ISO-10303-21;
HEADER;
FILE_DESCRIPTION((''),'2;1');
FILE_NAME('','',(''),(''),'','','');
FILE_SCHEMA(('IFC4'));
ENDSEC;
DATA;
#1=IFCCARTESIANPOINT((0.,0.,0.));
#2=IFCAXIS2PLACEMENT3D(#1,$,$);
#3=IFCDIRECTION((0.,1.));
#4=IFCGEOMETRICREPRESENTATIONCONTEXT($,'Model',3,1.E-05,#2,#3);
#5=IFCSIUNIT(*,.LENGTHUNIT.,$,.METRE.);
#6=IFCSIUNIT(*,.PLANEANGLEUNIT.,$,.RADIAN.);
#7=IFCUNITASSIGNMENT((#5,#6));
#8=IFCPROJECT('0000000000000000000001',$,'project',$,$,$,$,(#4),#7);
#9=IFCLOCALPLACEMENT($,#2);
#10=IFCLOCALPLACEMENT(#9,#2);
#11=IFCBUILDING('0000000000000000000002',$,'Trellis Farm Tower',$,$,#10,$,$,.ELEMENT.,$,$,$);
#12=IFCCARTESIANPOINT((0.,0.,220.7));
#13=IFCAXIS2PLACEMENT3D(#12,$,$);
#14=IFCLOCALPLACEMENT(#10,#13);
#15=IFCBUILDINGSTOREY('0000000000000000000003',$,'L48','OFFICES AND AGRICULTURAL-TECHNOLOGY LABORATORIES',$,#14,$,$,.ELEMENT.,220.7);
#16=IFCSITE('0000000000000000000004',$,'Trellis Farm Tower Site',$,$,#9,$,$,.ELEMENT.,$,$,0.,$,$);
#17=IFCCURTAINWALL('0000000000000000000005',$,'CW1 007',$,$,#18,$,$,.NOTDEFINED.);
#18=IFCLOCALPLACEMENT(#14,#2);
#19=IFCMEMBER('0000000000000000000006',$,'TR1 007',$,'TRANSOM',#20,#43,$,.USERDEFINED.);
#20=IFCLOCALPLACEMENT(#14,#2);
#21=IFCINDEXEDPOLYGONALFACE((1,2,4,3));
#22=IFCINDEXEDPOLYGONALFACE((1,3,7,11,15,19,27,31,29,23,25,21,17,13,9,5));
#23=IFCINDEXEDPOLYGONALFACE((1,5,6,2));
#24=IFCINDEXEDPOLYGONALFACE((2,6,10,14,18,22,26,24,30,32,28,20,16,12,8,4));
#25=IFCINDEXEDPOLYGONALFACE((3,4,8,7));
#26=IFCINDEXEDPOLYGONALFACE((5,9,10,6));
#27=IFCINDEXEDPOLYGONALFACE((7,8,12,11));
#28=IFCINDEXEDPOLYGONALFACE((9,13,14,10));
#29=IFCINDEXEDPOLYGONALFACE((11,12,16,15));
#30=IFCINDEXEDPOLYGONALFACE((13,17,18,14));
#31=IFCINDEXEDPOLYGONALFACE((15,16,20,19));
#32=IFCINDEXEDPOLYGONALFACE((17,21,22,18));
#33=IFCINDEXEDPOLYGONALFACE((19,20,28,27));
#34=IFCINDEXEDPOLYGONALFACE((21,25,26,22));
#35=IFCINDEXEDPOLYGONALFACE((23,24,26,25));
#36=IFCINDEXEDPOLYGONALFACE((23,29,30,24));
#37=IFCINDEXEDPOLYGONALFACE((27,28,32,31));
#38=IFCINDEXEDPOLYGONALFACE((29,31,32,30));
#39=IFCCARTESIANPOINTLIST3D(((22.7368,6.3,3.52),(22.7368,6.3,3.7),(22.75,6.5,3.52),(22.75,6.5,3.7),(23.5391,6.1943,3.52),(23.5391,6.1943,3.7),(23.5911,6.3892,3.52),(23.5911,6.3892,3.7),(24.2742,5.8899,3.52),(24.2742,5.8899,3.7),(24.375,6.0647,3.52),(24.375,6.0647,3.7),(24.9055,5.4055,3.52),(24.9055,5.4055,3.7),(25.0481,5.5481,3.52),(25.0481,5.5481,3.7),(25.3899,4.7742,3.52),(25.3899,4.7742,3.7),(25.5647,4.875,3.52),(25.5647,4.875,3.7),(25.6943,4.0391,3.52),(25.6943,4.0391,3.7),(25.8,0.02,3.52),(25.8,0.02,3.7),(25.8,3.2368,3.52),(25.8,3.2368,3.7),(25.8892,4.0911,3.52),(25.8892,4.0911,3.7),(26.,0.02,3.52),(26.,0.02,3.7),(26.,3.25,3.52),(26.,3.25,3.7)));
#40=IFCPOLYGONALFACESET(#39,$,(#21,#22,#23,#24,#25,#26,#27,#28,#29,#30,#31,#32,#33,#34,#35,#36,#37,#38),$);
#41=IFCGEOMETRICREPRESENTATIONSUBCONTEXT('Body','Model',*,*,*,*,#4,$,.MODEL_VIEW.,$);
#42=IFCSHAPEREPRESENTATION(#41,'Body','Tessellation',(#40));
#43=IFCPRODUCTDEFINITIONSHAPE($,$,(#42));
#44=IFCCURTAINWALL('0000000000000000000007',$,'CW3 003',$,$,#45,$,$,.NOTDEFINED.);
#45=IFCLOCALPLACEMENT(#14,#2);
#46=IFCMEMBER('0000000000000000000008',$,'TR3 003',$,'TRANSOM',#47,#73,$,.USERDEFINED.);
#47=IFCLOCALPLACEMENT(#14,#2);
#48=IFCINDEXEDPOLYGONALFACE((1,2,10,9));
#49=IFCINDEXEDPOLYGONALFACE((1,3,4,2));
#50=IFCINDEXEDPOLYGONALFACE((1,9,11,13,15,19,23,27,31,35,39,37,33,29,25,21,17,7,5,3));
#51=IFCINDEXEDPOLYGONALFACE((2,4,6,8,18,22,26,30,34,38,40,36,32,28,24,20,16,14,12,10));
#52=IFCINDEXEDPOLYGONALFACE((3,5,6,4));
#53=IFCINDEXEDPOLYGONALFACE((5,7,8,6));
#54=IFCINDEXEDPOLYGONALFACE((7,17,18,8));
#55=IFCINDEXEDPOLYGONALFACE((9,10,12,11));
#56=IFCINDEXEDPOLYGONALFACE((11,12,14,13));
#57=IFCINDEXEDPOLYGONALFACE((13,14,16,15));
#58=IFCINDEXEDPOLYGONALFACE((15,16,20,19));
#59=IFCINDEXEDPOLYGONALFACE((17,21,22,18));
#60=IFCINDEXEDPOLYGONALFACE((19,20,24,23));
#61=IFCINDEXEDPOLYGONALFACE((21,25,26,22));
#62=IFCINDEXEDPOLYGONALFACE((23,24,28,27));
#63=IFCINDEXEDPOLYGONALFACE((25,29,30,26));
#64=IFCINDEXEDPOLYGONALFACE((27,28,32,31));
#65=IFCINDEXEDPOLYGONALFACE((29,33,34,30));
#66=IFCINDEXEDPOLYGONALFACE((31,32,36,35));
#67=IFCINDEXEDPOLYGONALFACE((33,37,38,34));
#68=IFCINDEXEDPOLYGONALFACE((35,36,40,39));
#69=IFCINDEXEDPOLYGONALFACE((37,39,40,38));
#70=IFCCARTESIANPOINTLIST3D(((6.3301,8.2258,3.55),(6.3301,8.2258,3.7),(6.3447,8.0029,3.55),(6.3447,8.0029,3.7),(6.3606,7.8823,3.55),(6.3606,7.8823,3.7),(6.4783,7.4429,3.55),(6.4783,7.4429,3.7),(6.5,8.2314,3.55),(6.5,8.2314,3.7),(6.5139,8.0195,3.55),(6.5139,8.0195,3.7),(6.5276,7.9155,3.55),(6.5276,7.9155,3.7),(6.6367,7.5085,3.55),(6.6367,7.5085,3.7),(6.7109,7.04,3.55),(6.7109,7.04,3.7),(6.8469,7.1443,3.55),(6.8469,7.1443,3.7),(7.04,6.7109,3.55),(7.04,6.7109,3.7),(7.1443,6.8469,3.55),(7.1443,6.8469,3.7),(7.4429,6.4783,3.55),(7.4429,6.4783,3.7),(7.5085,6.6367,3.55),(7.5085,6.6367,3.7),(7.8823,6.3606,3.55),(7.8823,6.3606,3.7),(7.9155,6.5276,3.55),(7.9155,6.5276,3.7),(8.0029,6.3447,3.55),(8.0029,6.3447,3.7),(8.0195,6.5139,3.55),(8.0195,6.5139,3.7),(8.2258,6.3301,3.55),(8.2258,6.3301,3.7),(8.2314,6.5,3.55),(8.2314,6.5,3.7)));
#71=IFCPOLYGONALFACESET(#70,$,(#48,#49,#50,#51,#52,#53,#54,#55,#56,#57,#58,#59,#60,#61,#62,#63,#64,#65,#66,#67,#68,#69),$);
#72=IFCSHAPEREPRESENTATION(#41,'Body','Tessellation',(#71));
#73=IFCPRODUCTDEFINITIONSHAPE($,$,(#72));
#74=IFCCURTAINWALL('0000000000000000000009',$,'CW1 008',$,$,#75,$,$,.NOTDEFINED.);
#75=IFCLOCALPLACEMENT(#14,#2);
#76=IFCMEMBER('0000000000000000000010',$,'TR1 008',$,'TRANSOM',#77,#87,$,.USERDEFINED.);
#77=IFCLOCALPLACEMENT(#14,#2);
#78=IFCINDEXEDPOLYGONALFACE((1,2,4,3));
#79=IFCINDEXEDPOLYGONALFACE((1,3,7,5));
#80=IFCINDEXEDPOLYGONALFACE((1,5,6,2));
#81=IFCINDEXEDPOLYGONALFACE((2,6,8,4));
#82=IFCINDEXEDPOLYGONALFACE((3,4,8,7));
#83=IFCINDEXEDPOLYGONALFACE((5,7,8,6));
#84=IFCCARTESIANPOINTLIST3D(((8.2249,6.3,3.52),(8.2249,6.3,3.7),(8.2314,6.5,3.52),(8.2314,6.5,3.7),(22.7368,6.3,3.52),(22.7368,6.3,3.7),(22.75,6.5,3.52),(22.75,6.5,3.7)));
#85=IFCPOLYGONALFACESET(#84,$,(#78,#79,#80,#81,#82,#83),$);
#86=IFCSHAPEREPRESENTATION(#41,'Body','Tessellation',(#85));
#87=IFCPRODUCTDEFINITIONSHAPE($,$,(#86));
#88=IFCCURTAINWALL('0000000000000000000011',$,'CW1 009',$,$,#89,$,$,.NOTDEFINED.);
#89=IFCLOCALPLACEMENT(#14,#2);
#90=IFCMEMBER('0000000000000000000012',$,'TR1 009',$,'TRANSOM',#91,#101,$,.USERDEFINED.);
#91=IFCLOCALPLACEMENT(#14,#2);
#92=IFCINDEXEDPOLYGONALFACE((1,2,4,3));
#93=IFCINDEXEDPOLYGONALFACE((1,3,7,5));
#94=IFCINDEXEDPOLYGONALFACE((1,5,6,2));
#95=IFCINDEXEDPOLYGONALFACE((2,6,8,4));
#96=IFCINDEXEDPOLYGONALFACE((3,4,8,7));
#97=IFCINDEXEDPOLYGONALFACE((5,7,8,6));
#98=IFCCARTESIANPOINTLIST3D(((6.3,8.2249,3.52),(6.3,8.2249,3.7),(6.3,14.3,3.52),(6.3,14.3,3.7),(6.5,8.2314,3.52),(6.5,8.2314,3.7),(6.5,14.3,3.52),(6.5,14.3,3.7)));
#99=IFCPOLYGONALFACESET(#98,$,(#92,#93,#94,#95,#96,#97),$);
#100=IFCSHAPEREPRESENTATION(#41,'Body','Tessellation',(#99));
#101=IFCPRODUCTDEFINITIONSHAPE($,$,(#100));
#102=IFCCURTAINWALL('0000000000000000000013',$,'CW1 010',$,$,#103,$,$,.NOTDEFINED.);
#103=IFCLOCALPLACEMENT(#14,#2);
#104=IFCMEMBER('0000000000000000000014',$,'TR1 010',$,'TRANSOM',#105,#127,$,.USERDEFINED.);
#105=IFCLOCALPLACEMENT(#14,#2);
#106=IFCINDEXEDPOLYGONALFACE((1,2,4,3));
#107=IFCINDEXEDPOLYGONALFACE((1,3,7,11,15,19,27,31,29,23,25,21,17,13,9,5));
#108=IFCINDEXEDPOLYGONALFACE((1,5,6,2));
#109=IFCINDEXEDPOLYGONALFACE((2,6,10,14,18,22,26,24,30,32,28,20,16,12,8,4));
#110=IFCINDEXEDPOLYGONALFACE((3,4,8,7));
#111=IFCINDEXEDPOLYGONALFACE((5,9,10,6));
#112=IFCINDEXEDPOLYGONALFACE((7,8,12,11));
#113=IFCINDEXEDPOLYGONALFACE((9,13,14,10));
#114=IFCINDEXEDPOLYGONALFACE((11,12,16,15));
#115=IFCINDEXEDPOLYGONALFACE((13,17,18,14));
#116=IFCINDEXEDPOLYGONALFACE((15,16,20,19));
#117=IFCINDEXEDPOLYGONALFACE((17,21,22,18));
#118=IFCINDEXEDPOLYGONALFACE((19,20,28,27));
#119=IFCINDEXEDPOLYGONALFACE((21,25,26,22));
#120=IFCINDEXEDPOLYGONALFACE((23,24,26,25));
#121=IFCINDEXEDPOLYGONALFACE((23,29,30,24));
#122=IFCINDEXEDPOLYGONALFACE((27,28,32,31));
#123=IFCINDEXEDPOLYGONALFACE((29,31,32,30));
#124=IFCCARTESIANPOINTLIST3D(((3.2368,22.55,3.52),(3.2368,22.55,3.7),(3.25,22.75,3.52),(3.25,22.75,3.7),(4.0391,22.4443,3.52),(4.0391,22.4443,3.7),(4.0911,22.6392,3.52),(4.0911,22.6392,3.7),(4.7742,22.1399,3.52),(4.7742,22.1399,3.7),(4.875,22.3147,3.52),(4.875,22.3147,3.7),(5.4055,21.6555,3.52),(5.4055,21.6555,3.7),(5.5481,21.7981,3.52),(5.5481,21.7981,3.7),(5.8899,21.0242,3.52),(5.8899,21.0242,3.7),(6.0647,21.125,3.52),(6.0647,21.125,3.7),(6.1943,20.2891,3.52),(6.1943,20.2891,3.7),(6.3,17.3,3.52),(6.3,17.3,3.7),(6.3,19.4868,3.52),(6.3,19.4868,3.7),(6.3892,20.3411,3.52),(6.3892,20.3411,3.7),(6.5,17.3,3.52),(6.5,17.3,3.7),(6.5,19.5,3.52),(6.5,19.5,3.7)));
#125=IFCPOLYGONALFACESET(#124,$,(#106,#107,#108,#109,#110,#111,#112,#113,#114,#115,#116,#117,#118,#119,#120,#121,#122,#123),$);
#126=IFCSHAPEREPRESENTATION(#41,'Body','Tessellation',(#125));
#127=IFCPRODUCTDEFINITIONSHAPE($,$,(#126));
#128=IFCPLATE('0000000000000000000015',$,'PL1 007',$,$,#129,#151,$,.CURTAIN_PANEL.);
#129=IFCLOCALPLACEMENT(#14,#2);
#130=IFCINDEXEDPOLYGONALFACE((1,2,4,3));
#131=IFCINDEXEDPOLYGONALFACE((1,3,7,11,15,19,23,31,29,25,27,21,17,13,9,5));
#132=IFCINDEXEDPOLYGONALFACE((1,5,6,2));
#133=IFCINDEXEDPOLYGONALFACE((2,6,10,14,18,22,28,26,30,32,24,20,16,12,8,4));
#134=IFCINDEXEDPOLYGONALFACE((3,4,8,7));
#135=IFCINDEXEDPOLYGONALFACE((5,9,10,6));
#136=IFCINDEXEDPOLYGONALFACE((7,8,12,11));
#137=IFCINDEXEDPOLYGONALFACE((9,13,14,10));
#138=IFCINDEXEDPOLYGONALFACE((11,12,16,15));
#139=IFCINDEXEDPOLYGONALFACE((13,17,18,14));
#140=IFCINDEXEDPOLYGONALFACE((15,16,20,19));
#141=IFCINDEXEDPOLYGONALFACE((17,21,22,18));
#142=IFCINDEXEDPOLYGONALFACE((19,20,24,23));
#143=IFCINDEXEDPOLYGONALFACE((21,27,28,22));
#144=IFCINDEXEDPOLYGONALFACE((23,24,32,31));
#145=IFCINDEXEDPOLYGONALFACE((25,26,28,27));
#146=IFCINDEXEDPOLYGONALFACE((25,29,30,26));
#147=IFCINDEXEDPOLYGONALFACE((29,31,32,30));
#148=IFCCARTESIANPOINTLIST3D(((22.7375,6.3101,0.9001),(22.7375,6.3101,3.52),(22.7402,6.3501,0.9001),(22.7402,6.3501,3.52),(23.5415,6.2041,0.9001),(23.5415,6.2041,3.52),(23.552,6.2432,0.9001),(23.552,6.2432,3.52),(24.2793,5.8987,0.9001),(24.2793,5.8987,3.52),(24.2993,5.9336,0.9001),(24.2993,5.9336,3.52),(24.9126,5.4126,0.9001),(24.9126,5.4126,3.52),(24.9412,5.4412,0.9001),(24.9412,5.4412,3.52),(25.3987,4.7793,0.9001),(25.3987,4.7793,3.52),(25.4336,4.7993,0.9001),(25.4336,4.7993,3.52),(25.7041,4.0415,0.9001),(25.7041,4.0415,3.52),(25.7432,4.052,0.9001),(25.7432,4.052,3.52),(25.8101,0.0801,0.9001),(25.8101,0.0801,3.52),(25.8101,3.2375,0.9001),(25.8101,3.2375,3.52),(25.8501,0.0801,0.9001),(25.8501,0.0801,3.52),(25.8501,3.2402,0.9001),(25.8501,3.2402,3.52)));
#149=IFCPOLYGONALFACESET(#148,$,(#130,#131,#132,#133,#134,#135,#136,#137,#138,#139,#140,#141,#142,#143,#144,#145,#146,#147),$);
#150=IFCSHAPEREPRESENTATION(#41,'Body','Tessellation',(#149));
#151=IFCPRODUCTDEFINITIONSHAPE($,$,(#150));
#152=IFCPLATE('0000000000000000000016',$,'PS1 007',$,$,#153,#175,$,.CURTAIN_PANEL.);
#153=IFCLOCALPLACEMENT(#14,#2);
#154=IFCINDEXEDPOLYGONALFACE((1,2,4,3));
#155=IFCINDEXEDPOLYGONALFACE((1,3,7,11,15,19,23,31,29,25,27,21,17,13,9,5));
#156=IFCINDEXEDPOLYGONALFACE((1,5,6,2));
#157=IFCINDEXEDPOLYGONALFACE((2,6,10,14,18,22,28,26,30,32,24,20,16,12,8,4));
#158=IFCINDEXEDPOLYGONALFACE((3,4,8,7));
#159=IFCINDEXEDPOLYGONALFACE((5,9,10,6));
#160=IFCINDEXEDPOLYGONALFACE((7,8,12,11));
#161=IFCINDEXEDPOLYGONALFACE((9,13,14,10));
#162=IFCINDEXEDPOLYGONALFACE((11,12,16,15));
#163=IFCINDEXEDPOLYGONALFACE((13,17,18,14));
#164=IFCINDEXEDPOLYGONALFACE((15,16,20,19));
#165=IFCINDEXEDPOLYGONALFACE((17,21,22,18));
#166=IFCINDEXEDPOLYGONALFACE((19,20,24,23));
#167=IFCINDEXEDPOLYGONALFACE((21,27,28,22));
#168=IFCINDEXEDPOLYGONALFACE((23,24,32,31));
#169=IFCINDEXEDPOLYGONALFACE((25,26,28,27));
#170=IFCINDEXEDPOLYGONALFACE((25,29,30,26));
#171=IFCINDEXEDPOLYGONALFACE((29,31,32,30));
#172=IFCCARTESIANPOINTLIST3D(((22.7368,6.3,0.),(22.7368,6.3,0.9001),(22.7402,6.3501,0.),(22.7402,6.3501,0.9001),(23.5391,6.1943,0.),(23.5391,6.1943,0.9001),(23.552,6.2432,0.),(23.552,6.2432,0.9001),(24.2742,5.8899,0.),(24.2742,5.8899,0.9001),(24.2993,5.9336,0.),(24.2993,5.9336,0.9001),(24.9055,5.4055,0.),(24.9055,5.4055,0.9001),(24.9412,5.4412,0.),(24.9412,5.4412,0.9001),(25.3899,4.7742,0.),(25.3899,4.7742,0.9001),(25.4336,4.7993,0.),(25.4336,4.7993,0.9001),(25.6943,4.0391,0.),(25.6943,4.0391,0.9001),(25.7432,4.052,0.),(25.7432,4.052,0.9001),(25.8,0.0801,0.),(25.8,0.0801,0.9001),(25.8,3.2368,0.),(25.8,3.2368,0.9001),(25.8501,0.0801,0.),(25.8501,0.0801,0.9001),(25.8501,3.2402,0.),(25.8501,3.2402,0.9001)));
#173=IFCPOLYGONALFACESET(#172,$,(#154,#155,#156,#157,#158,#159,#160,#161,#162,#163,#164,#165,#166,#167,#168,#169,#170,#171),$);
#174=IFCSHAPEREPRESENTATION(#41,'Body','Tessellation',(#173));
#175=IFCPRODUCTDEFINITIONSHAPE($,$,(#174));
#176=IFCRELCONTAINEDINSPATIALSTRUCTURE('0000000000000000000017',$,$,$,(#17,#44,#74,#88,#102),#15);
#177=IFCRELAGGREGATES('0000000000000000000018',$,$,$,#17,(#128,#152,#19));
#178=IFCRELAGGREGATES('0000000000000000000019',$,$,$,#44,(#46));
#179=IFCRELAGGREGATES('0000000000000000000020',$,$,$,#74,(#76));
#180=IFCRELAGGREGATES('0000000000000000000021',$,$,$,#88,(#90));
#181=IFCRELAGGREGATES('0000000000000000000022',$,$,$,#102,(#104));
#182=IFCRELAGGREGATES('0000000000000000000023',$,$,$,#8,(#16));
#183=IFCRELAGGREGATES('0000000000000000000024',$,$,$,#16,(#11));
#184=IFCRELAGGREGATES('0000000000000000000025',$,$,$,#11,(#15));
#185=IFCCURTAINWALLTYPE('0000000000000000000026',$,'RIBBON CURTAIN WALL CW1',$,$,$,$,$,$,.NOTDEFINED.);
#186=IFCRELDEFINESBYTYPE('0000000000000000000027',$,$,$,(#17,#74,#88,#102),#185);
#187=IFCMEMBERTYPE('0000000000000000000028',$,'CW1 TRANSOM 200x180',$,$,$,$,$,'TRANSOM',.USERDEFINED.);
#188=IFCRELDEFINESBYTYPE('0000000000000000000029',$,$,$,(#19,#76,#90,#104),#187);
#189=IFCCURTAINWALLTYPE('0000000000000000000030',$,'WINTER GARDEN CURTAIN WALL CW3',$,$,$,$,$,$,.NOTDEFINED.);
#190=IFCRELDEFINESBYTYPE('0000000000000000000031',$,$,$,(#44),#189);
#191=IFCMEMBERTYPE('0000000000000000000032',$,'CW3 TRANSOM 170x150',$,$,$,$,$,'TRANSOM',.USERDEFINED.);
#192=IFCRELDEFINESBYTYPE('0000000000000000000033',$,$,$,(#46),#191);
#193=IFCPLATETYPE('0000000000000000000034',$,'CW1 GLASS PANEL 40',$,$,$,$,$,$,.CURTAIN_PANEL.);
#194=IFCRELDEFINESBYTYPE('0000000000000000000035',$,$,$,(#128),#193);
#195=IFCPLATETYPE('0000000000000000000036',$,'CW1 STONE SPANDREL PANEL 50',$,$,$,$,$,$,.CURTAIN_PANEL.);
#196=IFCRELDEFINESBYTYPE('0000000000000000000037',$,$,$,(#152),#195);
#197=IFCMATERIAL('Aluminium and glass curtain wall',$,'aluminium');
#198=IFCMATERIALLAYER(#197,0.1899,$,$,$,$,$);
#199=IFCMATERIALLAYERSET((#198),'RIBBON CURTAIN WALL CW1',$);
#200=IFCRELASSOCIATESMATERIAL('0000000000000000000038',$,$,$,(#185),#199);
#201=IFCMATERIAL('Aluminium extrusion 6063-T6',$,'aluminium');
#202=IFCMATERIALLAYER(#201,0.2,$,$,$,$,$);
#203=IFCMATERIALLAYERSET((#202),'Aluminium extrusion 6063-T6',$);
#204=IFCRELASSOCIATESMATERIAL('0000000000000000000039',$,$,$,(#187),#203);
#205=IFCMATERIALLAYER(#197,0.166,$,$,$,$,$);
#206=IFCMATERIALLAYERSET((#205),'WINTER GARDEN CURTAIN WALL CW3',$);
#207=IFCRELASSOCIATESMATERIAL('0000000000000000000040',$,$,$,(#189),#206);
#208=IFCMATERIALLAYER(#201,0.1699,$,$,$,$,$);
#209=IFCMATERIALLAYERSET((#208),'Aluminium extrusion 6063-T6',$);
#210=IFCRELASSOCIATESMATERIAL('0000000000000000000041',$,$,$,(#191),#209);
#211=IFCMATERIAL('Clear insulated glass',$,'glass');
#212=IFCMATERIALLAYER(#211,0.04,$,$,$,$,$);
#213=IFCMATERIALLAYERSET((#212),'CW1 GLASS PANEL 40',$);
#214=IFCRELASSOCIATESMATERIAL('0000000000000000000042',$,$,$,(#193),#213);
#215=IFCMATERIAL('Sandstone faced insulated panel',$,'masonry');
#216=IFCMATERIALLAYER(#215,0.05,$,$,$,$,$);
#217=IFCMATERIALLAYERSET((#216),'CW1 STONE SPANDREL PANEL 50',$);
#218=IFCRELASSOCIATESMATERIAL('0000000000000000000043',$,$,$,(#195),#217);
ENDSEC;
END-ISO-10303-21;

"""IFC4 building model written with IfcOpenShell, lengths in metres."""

from ifc_helpers import new_model, si_unit, direction, frame, origin, place, context, subcontext, project, spatial, polyline, outline, extrude, source, transform, mapped, material, layer, layer_set, type_object, element, aggregate, save


model = new_model("IFC4")

# Units and contexts
model_context = context("Model", 3, precision=1e-05, world=origin(), true_north=direction((0.0, 1.0)))
body_context = subcontext(model_context, "Body", "Model", "MODEL_VIEW")
ifc_project = project(units=[si_unit("LENGTHUNIT", "METRE"), si_unit("PLANEANGLEUNIT", "RADIAN")], contexts=[model_context])

# Site, building, storey
site_placement = place(None, origin())
site = spatial("IfcSite", under=ifc_project, at=site_placement, Name="Trellis Farm Tower Site", CompositionType="ELEMENT", RefElevation=0.0)
building_placement = place(site_placement, origin())
building = spatial("IfcBuilding", under=site, at=building_placement, Name="Trellis Farm Tower", CompositionType="ELEMENT")
storey_placement = place(building_placement, frame((0.0, 0.0, 220.7)))
storey = spatial("IfcBuildingStorey", under=building, at=storey_placement, Name="L48", Description="OFFICES AND AGRICULTURAL-TECHNOLOGY LABORATORIES", CompositionType="ELEMENT", Elevation=220.7)

# Curtain walls, members
ifc_material_1 = material(Name="Aluminium and glass curtain wall", Category="aluminium")
ifc_layer_1 = layer(ifc_material_1, 0.1899)
ifc_layer_set_1 = layer_set([ifc_layer_1], Name="RIBBON CURTAIN WALL CW1")
curtain_wall_type_1 = type_object("IfcCurtainWallType", Name="RIBBON CURTAIN WALL CW1", PredefinedType="NOTDEFINED", material=ifc_layer_set_1)
placement_1 = place(storey_placement, origin())
curtain_wall_1 = element("IfcCurtainWall", 1, at=placement_1, inside=storey, type_object=curtain_wall_type_1, Name="CW1 007", PredefinedType="NOTDEFINED")
ifc_material_2 = material(Name="Aluminium extrusion 6063-T6", Category="aluminium")
ifc_layer_2 = layer(ifc_material_2, 0.2)
ifc_layer_set_2 = layer_set([ifc_layer_2], Name="Aluminium extrusion 6063-T6")
member_type_1 = type_object("IfcMemberType", Name="CW1 TRANSOM 200x180", ElementType="TRANSOM", PredefinedType="USERDEFINED", material=ifc_layer_set_2)
placement_2 = place(storey_placement, frame((0.0, 0.0, 3.52)))
member_1 = element("IfcMember", 2, at=placement_2, type_object=member_type_1, Name="TR1 007", ObjectType="TRANSOM", PredefinedType="USERDEFINED", context=body_context, shape_type="SweptSolid", body=[
    extrude(outline(polyline([(26.0, 0.02), (26.0, 3.25), (25.8892, 4.0911), (25.5647, 4.875), (25.0481, 5.5481), (24.375, 6.0647), (23.5911, 6.3892), (22.75, 6.5), (22.7368, 6.3), (23.5391, 6.1943), (24.2742, 5.8899), (24.9055, 5.4055), (25.3899, 4.7742), (25.6943, 4.0391), (25.8, 3.2368), (25.8, 0.02), (26.0, 0.02)])), origin(), (0.0, 0.0, 1.0), 0.1799),
])
ifc_layer_3 = layer(ifc_material_1, 0.166)
ifc_layer_set_3 = layer_set([ifc_layer_3], Name="WINTER GARDEN CURTAIN WALL CW3")
curtain_wall_type_2 = type_object("IfcCurtainWallType", Name="WINTER GARDEN CURTAIN WALL CW3", PredefinedType="NOTDEFINED", material=ifc_layer_set_3)
curtain_wall_2 = element("IfcCurtainWall", 3, at=placement_1, inside=storey, type_object=curtain_wall_type_2, Name="CW3 003", PredefinedType="NOTDEFINED")
ifc_layer_4 = layer(ifc_material_2, 0.1699)
ifc_layer_set_4 = layer_set([ifc_layer_4], Name="Aluminium extrusion 6063-T6")
member_type_2 = type_object("IfcMemberType", Name="CW3 TRANSOM 170x150", ElementType="TRANSOM", PredefinedType="USERDEFINED", material=ifc_layer_set_4)
shared_shape_1 = source(origin(), body_context, "Body", "SweptSolid", [
    extrude(outline(polyline([(8.2314, 6.5), (8.0195, 6.5139), (7.9155, 6.5276), (7.5085, 6.6367), (7.1443, 6.8469), (6.8469, 7.1443), (6.6367, 7.5085), (6.5276, 7.9155), (6.5139, 8.0195), (6.5, 8.2314), (6.3301, 8.2258), (6.3447, 8.0029), (6.3606, 7.8823), (6.4783, 7.4429), (6.7109, 7.04), (7.04, 6.7109), (7.4429, 6.4783), (7.8823, 6.3606), (8.0029, 6.3447), (8.2258, 6.3301), (8.2314, 6.5)])), origin(), (0.0, 0.0, 1.0), 0.1499),
])
member_2_placement = place(storey_placement, frame((0.0, 0.0, 3.55)))
member_2 = element("IfcMember", 4, at=member_2_placement, type_object=member_type_2, Name="TR3 003", ObjectType="TRANSOM", PredefinedType="USERDEFINED", context=body_context, shape_type="MappedRepresentation", body=[
    mapped(shared_shape_1, transform((0.0, 0.0, 0.0))),
])
curtain_wall_3 = element("IfcCurtainWall", 5, at=placement_1, inside=storey, type_object=curtain_wall_type_1, Name="CW1 008", PredefinedType="NOTDEFINED")
shared_shape_2 = source(origin(), body_context, "Body", "SweptSolid", [
    extrude(outline(polyline([(22.75, 6.5), (8.2314, 6.5), (8.2249, 6.3), (22.7368, 6.3), (22.75, 6.5)])), origin(), (0.0, 0.0, 1.0), 0.1799),
])
member_3 = element("IfcMember", 6, at=placement_2, type_object=member_type_1, Name="TR1 008", ObjectType="TRANSOM", PredefinedType="USERDEFINED", context=body_context, shape_type="MappedRepresentation", body=[
    mapped(shared_shape_2, transform((0.0, 0.0, 0.0))),
])
curtain_wall_4 = element("IfcCurtainWall", 7, at=placement_1, inside=storey, type_object=curtain_wall_type_1, Name="CW1 009", PredefinedType="NOTDEFINED")
shared_shape_3 = source(origin(), body_context, "Body", "SweptSolid", [
    extrude(outline(polyline([(6.5, 8.2314), (6.5, 14.3), (6.3, 14.3), (6.3, 8.2249), (6.5, 8.2314)])), origin(), (0.0, 0.0, 1.0), 0.1799),
])
member_4 = element("IfcMember", 8, at=placement_2, type_object=member_type_1, Name="TR1 009", ObjectType="TRANSOM", PredefinedType="USERDEFINED", context=body_context, shape_type="MappedRepresentation", body=[
    mapped(shared_shape_3, transform((0.0, 0.0, 0.0))),
])
curtain_wall_5 = element("IfcCurtainWall", 9, at=placement_1, inside=storey, type_object=curtain_wall_type_1, Name="CW1 010", PredefinedType="NOTDEFINED")
shared_shape_4 = source(origin(), body_context, "Body", "SweptSolid", [
    extrude(outline(polyline([(6.5, 17.3), (6.5, 19.5), (6.3892, 20.3411), (6.0647, 21.125), (5.5481, 21.7981), (4.875, 22.3147), (4.0911, 22.6392), (3.25, 22.75), (3.2368, 22.55), (4.0391, 22.4443), (4.7742, 22.1399), (5.4055, 21.6555), (5.8899, 21.0242), (6.1943, 20.2891), (6.3, 19.4868), (6.3, 17.3), (6.5, 17.3)])), origin(), (0.0, 0.0, 1.0), 0.1799),
])
member_5 = element("IfcMember", 10, at=placement_2, type_object=member_type_1, Name="TR1 010", ObjectType="TRANSOM", PredefinedType="USERDEFINED", context=body_context, shape_type="MappedRepresentation", body=[
    mapped(shared_shape_4, transform((0.0, 0.0, 0.0))),
])

# Plates
ifc_material_3 = material(Name="Clear insulated glass", Category="glass")
ifc_layer_5 = layer(ifc_material_3, 0.04)
ifc_layer_set_5 = layer_set([ifc_layer_5], Name="CW1 GLASS PANEL 40")
plate_type_1 = type_object("IfcPlateType", Name="CW1 GLASS PANEL 40", PredefinedType="CURTAIN_PANEL", material=ifc_layer_set_5)
placement_3 = place(storey_placement, frame((0.0, 0.0, 0.9001)))
plate_1 = element("IfcPlate", 11, at=placement_3, type_object=plate_type_1, Name="PL1 007", PredefinedType="CURTAIN_PANEL", context=body_context, shape_type="SweptSolid", body=[
    extrude(outline(polyline([(25.8501, 0.0801), (25.8501, 3.2402), (25.7432, 4.052), (25.4336, 4.7993), (24.9412, 5.4412), (24.2993, 5.9336), (23.552, 6.2432), (22.7402, 6.3501), (22.7375, 6.3101), (23.5415, 6.2041), (24.2793, 5.8987), (24.9126, 5.4126), (25.3987, 4.7793), (25.7041, 4.0415), (25.8101, 3.2375), (25.8101, 0.0801), (25.8501, 0.0801)])), origin(), (0.0, 0.0, 1.0), 2.6199),
])
ifc_material_4 = material(Name="Sandstone faced insulated panel", Category="masonry")
ifc_layer_6 = layer(ifc_material_4, 0.05)
ifc_layer_set_6 = layer_set([ifc_layer_6], Name="CW1 STONE SPANDREL PANEL 50")
plate_type_2 = type_object("IfcPlateType", Name="CW1 STONE SPANDREL PANEL 50", PredefinedType="CURTAIN_PANEL", material=ifc_layer_set_6)
plate_2 = element("IfcPlate", 12, at=placement_1, type_object=plate_type_2, Name="PS1 007", PredefinedType="CURTAIN_PANEL", context=body_context, shape_type="SweptSolid", body=[
    extrude(outline(polyline([(25.8501, 0.0801), (25.8501, 3.2402), (25.7432, 4.052), (25.4336, 4.7993), (24.9412, 5.4412), (24.2993, 5.9336), (23.552, 6.2432), (22.7402, 6.3501), (22.7368, 6.3), (23.5391, 6.1943), (24.2742, 5.8899), (24.9055, 5.4055), (25.3899, 4.7742), (25.6943, 4.0391), (25.8, 3.2368), (25.8, 0.0801), (25.8501, 0.0801)])), origin(), (0.0, 0.0, 1.0), 0.9001),
])
aggregate(curtain_wall_1, [plate_1, plate_2, member_1])
aggregate(curtain_wall_2, [member_2])
aggregate(curtain_wall_3, [member_3])
aggregate(curtain_wall_4, [member_4])
aggregate(curtain_wall_5, [member_5])

save(model, "model.ifc")
